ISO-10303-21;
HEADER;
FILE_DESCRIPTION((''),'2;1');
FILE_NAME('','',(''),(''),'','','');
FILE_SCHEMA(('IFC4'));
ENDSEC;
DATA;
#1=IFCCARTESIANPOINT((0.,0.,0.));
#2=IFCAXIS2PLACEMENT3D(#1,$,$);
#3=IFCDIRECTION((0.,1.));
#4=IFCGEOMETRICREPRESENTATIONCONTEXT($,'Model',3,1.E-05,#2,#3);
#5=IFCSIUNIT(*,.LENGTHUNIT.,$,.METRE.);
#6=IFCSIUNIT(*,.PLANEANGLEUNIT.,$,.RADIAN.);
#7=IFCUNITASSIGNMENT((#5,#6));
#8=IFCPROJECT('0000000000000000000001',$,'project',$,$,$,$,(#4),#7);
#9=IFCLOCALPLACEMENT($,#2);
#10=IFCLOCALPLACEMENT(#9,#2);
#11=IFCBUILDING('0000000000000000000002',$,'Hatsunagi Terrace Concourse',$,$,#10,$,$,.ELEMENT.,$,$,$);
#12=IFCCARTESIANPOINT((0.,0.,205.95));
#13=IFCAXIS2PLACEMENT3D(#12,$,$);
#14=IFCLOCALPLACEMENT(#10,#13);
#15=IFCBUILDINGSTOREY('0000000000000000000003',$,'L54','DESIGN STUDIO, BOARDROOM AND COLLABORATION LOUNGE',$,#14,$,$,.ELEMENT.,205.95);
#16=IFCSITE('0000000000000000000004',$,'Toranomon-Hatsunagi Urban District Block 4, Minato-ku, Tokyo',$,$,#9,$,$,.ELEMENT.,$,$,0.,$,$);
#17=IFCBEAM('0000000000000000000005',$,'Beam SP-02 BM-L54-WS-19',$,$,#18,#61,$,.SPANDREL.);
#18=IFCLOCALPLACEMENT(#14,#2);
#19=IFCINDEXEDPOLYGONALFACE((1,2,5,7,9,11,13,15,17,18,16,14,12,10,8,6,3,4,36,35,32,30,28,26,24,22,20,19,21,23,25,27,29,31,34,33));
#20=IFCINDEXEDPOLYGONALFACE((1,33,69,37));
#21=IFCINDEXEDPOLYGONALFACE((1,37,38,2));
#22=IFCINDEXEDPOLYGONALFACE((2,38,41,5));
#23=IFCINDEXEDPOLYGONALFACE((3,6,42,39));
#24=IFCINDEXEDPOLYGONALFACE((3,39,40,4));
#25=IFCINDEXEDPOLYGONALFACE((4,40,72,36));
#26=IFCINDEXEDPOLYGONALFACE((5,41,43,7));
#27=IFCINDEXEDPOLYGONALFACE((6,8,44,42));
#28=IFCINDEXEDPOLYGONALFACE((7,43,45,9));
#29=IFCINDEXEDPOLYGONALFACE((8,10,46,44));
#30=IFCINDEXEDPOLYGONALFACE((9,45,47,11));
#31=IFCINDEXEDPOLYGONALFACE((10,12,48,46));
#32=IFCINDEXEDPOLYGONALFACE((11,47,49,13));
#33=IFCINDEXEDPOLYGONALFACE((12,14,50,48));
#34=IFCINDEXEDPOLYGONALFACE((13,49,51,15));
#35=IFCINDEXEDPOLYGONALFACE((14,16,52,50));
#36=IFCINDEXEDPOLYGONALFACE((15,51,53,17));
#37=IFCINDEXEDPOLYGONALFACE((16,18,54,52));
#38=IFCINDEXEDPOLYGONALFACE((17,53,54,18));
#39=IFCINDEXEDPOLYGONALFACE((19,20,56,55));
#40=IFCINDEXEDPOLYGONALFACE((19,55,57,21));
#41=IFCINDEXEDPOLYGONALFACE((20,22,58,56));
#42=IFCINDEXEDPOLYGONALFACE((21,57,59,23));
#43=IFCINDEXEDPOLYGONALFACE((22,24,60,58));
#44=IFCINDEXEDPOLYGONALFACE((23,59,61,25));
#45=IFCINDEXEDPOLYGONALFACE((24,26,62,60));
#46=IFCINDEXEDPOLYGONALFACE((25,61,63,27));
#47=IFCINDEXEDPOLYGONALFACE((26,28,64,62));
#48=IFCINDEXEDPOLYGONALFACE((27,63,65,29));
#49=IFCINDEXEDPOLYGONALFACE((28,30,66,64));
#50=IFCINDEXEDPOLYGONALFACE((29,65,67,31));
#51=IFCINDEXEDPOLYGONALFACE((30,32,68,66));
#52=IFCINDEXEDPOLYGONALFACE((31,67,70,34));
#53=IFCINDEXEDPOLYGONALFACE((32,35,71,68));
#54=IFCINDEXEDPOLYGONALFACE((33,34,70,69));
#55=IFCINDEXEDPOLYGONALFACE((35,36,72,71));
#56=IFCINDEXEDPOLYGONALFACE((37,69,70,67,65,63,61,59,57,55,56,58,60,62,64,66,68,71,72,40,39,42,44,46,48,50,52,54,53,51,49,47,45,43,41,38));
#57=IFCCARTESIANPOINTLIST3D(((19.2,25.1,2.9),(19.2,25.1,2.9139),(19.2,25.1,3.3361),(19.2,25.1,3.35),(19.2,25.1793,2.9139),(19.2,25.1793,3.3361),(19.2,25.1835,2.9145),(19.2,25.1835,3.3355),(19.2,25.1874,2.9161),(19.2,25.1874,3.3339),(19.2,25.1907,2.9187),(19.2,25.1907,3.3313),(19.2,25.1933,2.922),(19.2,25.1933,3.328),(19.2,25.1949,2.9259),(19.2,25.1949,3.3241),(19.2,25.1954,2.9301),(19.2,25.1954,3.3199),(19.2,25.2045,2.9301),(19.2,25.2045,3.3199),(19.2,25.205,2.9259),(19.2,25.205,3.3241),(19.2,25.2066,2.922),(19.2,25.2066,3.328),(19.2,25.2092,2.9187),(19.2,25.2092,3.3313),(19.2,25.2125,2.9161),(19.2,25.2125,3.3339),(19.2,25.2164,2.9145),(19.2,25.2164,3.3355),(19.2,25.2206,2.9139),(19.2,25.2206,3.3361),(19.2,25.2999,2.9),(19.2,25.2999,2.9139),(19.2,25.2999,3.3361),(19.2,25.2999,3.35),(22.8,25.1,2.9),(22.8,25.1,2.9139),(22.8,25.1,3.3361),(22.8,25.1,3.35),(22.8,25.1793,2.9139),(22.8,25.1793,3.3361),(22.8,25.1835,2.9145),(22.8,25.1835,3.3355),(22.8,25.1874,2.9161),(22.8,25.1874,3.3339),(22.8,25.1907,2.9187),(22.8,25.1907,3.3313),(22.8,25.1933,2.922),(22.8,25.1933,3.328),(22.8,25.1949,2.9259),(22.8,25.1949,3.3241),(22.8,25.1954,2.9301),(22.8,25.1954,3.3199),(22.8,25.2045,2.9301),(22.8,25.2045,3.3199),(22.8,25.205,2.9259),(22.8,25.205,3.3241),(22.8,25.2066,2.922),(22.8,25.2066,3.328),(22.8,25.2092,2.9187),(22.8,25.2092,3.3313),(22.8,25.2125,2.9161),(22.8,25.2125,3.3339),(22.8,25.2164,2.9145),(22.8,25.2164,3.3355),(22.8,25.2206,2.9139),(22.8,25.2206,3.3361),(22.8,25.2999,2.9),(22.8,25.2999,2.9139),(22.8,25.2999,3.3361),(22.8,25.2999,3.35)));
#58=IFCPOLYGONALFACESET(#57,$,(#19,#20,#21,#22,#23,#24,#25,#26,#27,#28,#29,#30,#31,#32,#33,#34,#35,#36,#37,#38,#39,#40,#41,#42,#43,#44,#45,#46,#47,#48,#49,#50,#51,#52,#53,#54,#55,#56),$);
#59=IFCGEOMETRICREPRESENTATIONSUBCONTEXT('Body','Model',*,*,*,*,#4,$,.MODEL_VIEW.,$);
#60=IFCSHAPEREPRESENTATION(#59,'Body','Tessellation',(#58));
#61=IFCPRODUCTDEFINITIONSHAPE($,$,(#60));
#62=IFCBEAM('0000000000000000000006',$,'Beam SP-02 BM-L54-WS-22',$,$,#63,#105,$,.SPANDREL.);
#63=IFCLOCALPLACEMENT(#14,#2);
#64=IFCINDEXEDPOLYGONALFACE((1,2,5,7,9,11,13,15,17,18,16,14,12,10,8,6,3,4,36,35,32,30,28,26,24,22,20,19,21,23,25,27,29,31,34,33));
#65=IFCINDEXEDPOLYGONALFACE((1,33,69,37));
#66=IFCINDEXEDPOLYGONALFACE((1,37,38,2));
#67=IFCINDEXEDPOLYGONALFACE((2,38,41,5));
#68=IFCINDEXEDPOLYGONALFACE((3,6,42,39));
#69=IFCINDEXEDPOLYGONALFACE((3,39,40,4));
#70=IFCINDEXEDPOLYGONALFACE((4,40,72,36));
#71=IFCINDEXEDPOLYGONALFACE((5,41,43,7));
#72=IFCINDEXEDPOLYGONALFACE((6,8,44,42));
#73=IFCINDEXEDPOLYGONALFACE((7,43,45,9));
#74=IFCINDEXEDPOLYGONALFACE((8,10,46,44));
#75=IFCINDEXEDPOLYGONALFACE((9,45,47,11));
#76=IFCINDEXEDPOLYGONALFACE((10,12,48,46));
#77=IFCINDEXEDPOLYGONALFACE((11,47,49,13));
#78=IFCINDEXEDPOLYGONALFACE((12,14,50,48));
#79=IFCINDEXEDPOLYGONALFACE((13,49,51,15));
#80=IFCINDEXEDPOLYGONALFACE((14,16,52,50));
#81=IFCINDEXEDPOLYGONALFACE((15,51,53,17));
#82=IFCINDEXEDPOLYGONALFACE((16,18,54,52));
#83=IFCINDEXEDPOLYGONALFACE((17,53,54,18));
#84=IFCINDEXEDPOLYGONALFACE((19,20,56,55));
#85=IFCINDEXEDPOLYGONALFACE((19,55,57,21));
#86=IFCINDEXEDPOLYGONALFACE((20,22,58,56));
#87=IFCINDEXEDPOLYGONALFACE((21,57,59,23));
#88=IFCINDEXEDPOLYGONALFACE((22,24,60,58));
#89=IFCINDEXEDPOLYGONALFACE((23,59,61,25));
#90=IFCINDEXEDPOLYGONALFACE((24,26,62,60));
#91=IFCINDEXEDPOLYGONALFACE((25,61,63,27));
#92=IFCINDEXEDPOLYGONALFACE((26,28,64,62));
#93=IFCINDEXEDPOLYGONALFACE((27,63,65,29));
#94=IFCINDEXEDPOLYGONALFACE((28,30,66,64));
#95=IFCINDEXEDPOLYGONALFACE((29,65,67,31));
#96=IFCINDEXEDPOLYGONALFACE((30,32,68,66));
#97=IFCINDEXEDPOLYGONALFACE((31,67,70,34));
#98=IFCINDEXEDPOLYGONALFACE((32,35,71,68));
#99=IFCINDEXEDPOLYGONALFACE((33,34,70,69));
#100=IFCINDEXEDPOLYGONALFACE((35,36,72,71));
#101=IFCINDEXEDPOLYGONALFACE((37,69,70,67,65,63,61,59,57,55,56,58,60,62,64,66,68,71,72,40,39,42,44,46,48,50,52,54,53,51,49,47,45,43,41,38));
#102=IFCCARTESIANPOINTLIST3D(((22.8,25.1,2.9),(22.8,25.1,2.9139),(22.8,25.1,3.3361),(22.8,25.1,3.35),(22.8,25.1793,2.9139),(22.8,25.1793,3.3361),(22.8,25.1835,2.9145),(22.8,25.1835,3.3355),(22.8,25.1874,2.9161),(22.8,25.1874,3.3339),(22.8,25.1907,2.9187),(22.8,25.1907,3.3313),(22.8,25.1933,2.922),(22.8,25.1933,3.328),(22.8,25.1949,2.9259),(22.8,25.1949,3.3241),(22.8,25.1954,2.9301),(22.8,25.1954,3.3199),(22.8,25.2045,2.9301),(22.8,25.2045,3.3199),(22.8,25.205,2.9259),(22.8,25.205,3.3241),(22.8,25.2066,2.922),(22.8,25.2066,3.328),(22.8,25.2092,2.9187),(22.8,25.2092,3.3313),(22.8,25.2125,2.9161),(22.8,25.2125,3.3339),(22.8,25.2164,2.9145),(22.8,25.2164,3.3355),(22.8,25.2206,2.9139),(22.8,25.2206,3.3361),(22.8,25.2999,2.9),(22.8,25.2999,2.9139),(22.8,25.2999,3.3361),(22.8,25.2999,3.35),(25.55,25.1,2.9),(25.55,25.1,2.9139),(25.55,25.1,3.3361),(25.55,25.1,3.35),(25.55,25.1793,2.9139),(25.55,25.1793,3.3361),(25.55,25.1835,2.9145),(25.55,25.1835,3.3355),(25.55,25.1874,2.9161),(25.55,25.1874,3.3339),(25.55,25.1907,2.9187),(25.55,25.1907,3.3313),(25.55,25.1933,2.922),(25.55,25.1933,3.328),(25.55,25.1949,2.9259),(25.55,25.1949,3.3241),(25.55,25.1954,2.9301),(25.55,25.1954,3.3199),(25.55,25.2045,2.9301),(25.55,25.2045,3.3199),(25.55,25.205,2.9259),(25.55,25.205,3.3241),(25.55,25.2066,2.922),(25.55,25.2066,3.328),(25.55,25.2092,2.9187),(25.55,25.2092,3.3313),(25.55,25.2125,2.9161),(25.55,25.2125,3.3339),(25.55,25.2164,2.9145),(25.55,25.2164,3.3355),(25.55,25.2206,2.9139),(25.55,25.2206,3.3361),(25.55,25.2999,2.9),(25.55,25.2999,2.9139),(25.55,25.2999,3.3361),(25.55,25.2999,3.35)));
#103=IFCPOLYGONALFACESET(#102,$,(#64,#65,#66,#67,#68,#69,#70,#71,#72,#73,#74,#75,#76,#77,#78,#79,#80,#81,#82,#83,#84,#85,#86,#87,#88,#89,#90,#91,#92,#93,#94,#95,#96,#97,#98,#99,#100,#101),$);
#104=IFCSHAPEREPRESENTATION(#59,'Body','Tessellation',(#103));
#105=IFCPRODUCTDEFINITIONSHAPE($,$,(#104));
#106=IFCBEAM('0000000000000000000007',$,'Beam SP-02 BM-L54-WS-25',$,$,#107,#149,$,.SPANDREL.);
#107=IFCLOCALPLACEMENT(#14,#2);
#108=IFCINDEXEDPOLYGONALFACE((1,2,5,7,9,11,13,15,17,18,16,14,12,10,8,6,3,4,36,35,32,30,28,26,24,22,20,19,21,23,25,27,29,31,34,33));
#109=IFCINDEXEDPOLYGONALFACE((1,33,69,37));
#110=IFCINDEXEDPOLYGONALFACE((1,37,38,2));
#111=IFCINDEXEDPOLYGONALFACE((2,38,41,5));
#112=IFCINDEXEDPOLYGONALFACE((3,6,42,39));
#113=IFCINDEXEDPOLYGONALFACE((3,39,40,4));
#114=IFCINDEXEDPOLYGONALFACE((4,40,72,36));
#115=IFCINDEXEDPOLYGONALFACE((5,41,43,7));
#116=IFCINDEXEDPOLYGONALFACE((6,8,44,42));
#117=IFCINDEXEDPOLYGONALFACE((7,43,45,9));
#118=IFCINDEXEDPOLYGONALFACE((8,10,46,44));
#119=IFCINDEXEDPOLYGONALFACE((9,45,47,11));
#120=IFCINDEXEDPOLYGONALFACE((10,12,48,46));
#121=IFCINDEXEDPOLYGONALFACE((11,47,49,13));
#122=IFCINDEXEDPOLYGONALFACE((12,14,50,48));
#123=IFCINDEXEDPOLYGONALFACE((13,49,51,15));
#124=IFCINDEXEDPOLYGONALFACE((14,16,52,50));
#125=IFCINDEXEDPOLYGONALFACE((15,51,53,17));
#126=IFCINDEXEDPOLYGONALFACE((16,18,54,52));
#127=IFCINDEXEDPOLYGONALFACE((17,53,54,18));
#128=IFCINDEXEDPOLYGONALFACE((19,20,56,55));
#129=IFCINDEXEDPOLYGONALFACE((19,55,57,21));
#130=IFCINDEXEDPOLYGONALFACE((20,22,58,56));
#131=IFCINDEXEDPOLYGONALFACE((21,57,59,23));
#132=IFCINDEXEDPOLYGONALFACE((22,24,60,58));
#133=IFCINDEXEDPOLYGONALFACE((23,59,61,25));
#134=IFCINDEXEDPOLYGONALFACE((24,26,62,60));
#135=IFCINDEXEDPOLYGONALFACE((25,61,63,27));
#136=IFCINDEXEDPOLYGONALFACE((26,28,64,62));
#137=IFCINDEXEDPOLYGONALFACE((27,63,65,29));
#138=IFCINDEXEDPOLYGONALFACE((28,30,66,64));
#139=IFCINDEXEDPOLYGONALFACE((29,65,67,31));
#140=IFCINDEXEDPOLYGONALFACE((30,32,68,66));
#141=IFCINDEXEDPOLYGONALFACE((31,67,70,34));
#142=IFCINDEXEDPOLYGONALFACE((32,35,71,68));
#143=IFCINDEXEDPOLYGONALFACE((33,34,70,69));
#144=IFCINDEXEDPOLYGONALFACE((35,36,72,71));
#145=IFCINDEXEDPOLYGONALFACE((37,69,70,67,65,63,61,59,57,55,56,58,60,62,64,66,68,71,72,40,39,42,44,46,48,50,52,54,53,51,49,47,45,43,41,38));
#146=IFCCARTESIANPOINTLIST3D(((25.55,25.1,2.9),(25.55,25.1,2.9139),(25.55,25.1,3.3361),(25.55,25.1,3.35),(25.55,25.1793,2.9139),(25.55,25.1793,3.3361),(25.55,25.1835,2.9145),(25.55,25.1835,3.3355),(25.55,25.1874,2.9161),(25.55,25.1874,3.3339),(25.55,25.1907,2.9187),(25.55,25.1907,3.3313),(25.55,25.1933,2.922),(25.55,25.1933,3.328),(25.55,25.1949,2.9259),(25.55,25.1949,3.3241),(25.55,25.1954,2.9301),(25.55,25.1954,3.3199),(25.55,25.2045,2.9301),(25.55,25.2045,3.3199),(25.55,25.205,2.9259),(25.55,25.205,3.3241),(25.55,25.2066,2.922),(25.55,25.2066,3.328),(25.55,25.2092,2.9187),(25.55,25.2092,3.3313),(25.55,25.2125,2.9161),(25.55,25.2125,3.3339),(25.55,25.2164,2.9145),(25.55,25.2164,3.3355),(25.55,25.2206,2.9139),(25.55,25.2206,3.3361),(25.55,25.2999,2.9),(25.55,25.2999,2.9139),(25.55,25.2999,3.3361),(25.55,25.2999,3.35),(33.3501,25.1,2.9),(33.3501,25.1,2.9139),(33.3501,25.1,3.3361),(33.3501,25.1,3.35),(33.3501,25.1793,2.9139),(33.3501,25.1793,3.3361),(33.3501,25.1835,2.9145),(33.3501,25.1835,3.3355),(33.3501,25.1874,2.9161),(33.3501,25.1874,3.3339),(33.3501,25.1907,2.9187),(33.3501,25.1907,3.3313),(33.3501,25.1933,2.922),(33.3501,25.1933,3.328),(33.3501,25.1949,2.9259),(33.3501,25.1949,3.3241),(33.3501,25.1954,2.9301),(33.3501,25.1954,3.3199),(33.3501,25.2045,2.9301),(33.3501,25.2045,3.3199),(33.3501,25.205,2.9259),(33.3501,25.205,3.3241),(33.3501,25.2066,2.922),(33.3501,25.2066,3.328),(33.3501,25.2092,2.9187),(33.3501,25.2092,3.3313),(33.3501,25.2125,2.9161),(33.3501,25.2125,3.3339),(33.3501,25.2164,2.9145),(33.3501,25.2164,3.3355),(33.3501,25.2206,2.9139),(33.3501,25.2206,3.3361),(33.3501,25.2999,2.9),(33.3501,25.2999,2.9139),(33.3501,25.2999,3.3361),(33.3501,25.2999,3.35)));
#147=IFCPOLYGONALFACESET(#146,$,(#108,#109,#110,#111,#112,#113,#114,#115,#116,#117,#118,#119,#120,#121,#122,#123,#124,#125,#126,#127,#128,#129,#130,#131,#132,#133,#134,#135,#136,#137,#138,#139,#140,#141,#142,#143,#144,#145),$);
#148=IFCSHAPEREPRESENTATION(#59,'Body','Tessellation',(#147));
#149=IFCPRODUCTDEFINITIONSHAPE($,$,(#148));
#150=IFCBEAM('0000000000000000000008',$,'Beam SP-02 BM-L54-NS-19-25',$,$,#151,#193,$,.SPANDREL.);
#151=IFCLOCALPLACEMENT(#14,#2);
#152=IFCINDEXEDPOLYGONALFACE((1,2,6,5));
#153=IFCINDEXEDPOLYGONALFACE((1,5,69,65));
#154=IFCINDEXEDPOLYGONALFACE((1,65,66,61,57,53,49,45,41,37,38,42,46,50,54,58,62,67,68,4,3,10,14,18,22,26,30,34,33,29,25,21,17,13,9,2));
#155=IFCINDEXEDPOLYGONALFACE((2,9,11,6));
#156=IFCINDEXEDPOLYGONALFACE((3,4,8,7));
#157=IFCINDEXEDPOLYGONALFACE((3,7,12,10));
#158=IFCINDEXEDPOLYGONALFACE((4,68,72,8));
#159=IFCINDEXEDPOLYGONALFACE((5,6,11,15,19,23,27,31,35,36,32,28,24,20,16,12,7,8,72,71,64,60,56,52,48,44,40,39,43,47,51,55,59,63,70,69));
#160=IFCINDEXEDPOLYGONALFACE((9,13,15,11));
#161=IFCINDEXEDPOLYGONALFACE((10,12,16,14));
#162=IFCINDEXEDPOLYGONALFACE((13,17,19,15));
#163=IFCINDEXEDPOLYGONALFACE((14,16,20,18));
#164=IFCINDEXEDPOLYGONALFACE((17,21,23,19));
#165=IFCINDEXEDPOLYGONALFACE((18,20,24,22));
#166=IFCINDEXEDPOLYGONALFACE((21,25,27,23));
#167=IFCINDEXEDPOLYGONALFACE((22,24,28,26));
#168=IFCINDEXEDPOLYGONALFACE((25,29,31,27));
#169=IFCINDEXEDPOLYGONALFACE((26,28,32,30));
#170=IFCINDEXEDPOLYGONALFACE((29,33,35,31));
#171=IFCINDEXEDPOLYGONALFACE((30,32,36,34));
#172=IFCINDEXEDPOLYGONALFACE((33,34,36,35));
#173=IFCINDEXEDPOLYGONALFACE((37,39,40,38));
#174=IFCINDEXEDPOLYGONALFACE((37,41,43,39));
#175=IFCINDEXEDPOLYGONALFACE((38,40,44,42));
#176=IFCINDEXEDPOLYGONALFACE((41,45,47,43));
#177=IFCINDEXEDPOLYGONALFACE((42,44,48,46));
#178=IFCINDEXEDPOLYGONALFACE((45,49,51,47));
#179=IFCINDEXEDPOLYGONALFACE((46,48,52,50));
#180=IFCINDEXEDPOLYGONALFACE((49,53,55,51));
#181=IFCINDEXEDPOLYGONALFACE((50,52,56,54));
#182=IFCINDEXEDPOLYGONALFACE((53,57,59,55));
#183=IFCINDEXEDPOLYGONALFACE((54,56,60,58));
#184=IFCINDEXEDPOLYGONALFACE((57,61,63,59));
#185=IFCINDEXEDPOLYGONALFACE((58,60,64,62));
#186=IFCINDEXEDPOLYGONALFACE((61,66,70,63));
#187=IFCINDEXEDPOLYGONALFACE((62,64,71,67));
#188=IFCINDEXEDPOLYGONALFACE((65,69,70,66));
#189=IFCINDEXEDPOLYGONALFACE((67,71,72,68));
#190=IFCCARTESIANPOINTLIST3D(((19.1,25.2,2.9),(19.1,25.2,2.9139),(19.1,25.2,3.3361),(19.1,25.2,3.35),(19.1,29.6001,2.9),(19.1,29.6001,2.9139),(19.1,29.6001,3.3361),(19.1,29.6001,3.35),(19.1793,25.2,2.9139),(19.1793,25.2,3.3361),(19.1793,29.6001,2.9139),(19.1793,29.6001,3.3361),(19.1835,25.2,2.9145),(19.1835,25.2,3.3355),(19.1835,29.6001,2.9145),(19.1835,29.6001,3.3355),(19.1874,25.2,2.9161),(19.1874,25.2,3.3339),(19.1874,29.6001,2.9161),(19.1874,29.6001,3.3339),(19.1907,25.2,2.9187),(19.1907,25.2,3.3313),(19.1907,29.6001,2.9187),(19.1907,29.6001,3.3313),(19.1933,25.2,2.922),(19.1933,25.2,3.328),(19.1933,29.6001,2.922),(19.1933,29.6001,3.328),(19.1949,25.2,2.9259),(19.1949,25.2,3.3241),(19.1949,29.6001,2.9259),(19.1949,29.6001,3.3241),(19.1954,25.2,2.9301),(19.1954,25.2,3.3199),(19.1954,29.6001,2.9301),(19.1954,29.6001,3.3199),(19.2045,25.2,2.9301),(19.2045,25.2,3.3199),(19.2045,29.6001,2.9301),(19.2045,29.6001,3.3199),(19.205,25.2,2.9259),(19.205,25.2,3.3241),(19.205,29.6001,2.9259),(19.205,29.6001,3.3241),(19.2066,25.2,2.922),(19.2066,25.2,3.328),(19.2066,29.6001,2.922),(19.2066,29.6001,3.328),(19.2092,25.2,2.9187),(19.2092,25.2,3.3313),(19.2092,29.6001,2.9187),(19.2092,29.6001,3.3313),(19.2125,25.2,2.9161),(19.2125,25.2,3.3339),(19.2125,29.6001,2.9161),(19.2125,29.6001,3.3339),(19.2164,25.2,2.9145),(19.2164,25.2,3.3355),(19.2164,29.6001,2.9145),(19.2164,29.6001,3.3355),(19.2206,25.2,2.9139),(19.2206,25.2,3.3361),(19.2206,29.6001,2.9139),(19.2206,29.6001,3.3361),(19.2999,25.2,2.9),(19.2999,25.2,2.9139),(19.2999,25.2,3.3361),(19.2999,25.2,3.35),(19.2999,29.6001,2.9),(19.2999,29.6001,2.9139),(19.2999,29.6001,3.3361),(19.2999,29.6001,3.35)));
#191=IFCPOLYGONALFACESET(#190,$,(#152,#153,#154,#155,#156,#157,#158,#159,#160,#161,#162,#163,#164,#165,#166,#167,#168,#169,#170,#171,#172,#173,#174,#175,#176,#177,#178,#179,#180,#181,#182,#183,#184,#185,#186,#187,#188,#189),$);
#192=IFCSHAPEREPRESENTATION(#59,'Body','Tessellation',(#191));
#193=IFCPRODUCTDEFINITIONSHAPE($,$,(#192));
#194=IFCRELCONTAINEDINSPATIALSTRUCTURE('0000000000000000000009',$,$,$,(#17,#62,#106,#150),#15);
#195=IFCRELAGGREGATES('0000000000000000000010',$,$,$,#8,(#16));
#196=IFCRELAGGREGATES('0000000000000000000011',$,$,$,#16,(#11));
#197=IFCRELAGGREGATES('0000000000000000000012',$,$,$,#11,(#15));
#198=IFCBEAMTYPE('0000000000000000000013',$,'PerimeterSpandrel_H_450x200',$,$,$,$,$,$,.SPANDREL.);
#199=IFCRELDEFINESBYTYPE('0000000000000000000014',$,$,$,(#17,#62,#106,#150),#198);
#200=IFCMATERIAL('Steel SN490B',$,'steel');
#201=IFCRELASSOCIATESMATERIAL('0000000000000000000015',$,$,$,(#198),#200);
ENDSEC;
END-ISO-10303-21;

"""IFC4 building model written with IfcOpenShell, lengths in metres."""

from ifc_helpers import new_model, si_unit, direction, frame, origin, origin_2d, place, context, subcontext, project, spatial, i_section, extrude, material, material_profile, profile_set, type_object, element, save


model = new_model("IFC4")

# Units and contexts
model_context = context("Model", 3, precision=1e-05, world=origin(), true_north=direction((0.0, 1.0)))
body_context = subcontext(model_context, "Body", "Model", "MODEL_VIEW")
ifc_project = project(units=[si_unit("LENGTHUNIT", "METRE"), si_unit("PLANEANGLEUNIT", "RADIAN")], contexts=[model_context])

# Site, building, storey
site_placement = place(None, origin())
site = spatial("IfcSite", under=ifc_project, at=site_placement, Name="Toranomon-Hatsunagi Urban District Block 4, Minato-ku, Tokyo", CompositionType="ELEMENT", RefElevation=0.0)
building_placement = place(site_placement, origin())
building = spatial("IfcBuilding", under=site, at=building_placement, Name="Hatsunagi Terrace Concourse", CompositionType="ELEMENT")
storey_placement = place(building_placement, frame((0.0, 0.0, 205.95)))
storey = spatial("IfcBuildingStorey", under=building, at=storey_placement, Name="L54", Description="DESIGN STUDIO, BOARDROOM AND COLLABORATION LOUNGE", CompositionType="ELEMENT", Elevation=205.95)

# Beams
ifc_material_1 = material(Name="Steel SN490B", Category="steel")
ifc_material_profile_1 = material_profile(ifc_material_1, i_section(OverallWidth=0.2, OverallDepth=0.45, WebThickness=0.009, FlangeThickness=0.0139, FilletRadius=0.0161, at=origin_2d()), Name="H-450x200x9x14")
ifc_profile_set_1 = profile_set([ifc_material_profile_1], Name="Steel SN490B")
beam_type_1 = type_object("IfcBeamType", Name="PerimeterSpandrel_H_450x200", PredefinedType="SPANDREL", material=ifc_profile_set_1)
beam_1_placement = place(storey_placement, frame((19.2, 25.2, 3.125), z_axis=(1.0, 0.0, 0.0), x_axis=(0.0, 1.0, 0.0)))
element("IfcBeam", 1, at=beam_1_placement, inside=storey, type_object=beam_type_1, Name="Beam SP-02 BM-L54-WS-19", PredefinedType="SPANDREL", context=body_context, shape_type="SweptSolid", body=[
    extrude(i_section(OverallWidth=0.2, OverallDepth=0.45, WebThickness=0.009, FlangeThickness=0.0139, FilletRadius=0.0161, at=origin_2d()), origin(), (0.0, 0.0, 1.0), 3.6001),
])
beam_2_placement = place(storey_placement, frame((22.8, 25.2, 3.125), z_axis=(1.0, 0.0, 0.0), x_axis=(0.0, 1.0, 0.0)))
element("IfcBeam", 2, at=beam_2_placement, inside=storey, type_object=beam_type_1, Name="Beam SP-02 BM-L54-WS-22", PredefinedType="SPANDREL", context=body_context, shape_type="SweptSolid", body=[
    extrude(i_section(OverallWidth=0.2, OverallDepth=0.45, WebThickness=0.009, FlangeThickness=0.0139, FilletRadius=0.0161, at=origin_2d()), origin(), (0.0, 0.0, 1.0), 2.75),
])
beam_3_placement = place(storey_placement, frame((25.55, 25.2, 3.125), z_axis=(1.0, 0.0, 0.0), x_axis=(0.0, 1.0, 0.0)))
element("IfcBeam", 3, at=beam_3_placement, inside=storey, type_object=beam_type_1, Name="Beam SP-02 BM-L54-WS-25", PredefinedType="SPANDREL", context=body_context, shape_type="SweptSolid", body=[
    extrude(i_section(OverallWidth=0.2, OverallDepth=0.45, WebThickness=0.009, FlangeThickness=0.0139, FilletRadius=0.0161, at=origin_2d()), origin(), (0.0, 0.0, 1.0), 7.8),
])
beam_4_placement = place(storey_placement, frame((19.2, 25.2, 3.125), z_axis=(0.0, 1.0, 0.0), x_axis=(-1.0, 0.0, 0.0)))
element("IfcBeam", 4, at=beam_4_placement, inside=storey, type_object=beam_type_1, Name="Beam SP-02 BM-L54-NS-19-25", PredefinedType="SPANDREL", context=body_context, shape_type="SweptSolid", body=[
    extrude(i_section(OverallWidth=0.2, OverallDepth=0.45, WebThickness=0.009, FlangeThickness=0.0139, FilletRadius=0.0161, at=origin_2d()), origin(), (0.0, 0.0, 1.0), 4.4001),
])

save(model, "model.ifc")
